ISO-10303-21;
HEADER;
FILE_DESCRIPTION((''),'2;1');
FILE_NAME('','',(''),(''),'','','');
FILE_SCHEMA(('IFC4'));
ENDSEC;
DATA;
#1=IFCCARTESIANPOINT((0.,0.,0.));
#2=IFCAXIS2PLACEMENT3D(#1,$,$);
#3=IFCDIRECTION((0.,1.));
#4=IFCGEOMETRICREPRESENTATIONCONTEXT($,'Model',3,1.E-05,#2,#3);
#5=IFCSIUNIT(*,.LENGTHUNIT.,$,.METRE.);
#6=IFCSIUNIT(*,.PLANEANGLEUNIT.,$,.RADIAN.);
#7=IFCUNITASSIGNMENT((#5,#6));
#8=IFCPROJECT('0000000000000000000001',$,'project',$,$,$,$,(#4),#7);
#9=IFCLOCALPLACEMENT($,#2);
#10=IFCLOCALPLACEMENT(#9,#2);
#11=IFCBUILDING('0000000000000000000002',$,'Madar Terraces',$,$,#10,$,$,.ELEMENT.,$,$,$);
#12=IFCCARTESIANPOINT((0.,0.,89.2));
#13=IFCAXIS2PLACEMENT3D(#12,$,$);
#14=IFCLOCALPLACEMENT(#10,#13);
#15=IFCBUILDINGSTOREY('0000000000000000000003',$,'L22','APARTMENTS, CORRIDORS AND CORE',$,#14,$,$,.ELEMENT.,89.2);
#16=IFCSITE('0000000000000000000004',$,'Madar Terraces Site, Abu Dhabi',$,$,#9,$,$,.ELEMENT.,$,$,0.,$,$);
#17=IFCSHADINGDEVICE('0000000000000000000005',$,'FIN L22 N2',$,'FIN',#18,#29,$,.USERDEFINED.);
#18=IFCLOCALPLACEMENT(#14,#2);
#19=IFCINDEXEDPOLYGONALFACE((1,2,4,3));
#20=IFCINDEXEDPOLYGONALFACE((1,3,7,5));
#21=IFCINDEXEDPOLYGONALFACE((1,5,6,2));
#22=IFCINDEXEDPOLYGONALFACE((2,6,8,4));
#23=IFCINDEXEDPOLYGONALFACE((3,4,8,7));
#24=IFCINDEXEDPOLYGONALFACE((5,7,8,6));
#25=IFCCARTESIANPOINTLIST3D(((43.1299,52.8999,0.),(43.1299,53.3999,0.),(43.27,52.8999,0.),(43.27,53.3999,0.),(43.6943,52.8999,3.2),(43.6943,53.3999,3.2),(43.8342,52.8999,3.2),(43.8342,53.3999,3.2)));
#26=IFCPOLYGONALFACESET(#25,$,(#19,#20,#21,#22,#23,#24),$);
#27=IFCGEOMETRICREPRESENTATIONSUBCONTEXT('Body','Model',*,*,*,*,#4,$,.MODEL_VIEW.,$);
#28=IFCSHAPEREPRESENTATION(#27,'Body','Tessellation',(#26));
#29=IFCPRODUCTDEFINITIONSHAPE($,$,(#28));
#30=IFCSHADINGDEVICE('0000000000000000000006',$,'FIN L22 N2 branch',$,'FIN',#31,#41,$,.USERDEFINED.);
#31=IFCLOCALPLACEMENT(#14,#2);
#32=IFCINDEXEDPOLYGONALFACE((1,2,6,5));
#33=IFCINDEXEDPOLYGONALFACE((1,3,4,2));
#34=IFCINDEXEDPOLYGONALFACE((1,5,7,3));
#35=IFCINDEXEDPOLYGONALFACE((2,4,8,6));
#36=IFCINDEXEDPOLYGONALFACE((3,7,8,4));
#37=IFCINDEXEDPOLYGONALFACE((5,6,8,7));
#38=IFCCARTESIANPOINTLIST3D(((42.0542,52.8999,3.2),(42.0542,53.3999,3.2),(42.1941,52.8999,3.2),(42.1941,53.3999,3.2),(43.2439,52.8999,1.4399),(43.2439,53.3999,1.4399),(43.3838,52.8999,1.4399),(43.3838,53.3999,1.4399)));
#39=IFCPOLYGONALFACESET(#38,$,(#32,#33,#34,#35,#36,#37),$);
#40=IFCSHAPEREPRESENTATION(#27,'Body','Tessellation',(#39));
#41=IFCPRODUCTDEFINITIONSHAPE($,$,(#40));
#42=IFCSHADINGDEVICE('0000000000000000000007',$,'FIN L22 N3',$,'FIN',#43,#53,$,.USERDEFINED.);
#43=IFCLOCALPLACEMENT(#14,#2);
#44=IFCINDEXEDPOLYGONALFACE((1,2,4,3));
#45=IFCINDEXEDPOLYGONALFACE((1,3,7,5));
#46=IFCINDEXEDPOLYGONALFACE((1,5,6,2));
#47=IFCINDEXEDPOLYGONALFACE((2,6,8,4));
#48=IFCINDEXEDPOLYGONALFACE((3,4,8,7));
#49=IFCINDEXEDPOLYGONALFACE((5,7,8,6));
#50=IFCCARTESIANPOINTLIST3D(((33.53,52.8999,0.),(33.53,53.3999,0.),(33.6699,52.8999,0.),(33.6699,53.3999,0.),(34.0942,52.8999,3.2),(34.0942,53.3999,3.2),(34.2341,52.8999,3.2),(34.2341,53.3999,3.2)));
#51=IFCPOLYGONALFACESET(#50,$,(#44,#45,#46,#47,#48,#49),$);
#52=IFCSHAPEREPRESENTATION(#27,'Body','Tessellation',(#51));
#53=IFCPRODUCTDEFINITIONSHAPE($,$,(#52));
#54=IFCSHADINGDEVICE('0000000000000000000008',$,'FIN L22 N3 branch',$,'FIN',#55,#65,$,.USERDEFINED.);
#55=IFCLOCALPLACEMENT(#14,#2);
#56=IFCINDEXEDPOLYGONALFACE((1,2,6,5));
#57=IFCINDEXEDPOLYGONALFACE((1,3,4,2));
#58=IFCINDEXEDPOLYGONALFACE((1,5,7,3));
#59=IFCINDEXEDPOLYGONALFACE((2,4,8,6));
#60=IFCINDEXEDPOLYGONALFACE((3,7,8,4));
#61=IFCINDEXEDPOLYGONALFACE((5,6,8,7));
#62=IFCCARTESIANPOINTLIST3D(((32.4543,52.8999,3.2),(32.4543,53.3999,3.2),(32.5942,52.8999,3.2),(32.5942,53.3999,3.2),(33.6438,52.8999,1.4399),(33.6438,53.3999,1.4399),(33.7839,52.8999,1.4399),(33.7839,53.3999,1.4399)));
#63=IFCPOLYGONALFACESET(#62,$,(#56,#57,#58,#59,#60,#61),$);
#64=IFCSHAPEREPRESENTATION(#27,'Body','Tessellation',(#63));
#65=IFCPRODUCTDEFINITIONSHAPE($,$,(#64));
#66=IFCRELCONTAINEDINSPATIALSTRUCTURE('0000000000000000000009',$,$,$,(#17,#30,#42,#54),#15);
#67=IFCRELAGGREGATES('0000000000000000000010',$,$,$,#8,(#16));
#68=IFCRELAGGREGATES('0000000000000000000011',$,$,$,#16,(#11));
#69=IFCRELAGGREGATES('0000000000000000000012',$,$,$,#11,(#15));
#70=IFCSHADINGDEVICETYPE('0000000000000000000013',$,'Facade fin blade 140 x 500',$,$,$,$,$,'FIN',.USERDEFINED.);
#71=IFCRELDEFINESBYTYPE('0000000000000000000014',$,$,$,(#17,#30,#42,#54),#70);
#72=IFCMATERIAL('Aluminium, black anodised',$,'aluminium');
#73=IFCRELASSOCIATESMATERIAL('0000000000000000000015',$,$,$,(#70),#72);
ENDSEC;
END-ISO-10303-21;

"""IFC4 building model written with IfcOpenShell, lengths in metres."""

from ifc_helpers import new_model, si_unit, direction, frame, origin, place, context, subcontext, project, spatial, polyline, outline, extrude, material, type_object, element, save


model = new_model("IFC4")

# Units and contexts
model_context = context("Model", 3, precision=1e-05, world=origin(), true_north=direction((0.0, 1.0)))
body_context = subcontext(model_context, "Body", "Model", "MODEL_VIEW")
ifc_project = project(units=[si_unit("LENGTHUNIT", "METRE"), si_unit("PLANEANGLEUNIT", "RADIAN")], contexts=[model_context])

# Site, building, storey
site_placement = place(None, origin())
site = spatial("IfcSite", under=ifc_project, at=site_placement, Name="Madar Terraces Site, Abu Dhabi", CompositionType="ELEMENT", RefElevation=0.0)
building_placement = place(site_placement, origin())
building = spatial("IfcBuilding", under=site, at=building_placement, Name="Madar Terraces", CompositionType="ELEMENT")
storey_placement = place(building_placement, frame((0.0, 0.0, 89.2)))
storey = spatial("IfcBuildingStorey", under=building, at=storey_placement, Name="L22", Description="APARTMENTS, CORRIDORS AND CORE", CompositionType="ELEMENT", Elevation=89.2)

# Shading devices
ifc_material_1 = material(Name="Aluminium, black anodised", Category="aluminium")
shading_device_type = type_object("IfcShadingDeviceType", Name="Facade fin blade 140 x 500", ElementType="FIN", PredefinedType="USERDEFINED", material=ifc_material_1)
shading_device_1_placement = place(storey_placement, frame((43.27, 53.1499, 0.0), z_axis=(0.0, 0.0, 1.0), x_axis=(-1.0, 0.0, 0.0)))
element("IfcShadingDevice", 1, at=shading_device_1_placement, inside=storey, type_object=shading_device_type, Name="FIN L22 N2", ObjectType="FIN", PredefinedType="USERDEFINED", context=body_context, shape_type="SweptSolid", body=[
    extrude(outline(polyline([(0.0, 0.0), (0.1401, 0.0), (-0.4243, 3.2), (-0.5642, 3.2), (0.0, 0.0)])), frame((0.0, 0.25, 0.0), z_axis=(0.0, -1.0, 0.0), x_axis=(1.0, 0.0, 0.0)), (0.0, 0.0, 1.0), 0.5),
])
shading_device_2_placement = place(storey_placement, frame((43.3838, 53.1499, 1.4399), z_axis=(0.0, 0.0, 1.0), x_axis=(-1.0, 0.0, 0.0)))
element("IfcShadingDevice", 2, at=shading_device_2_placement, inside=storey, type_object=shading_device_type, Name="FIN L22 N2 branch", ObjectType="FIN", PredefinedType="USERDEFINED", context=body_context, shape_type="SweptSolid", body=[
    extrude(outline(polyline([(0.0, 0.0), (0.1399, 0.0), (1.3296, 1.76), (1.1897, 1.76), (0.0, 0.0)])), frame((0.0, 0.25, 0.0), z_axis=(0.0, -1.0, 0.0), x_axis=(1.0, 0.0, 0.0)), (0.0, 0.0, 1.0), 0.5),
])
shading_device_3_placement = place(storey_placement, frame((33.6699, 53.1499, 0.0), z_axis=(0.0, 0.0, 1.0), x_axis=(-1.0, 0.0, 0.0)))
element("IfcShadingDevice", 3, at=shading_device_3_placement, inside=storey, type_object=shading_device_type, Name="FIN L22 N3", ObjectType="FIN", PredefinedType="USERDEFINED", context=body_context, shape_type="SweptSolid", body=[
    extrude(outline(polyline([(0.0, 0.0), (0.1399, 0.0), (-0.4243, 3.2), (-0.5642, 3.2), (0.0, 0.0)])), frame((0.0, 0.25, 0.0), z_axis=(0.0, -1.0, 0.0), x_axis=(1.0, 0.0, 0.0)), (0.0, 0.0, 1.0), 0.5),
])
shading_device_4_placement = place(storey_placement, frame((33.7839, 53.1499, 1.4399), z_axis=(0.0, 0.0, 1.0), x_axis=(-1.0, 0.0, 0.0)))
element("IfcShadingDevice", 4, at=shading_device_4_placement, inside=storey, type_object=shading_device_type, Name="FIN L22 N3 branch", ObjectType="FIN", PredefinedType="USERDEFINED", context=body_context, shape_type="SweptSolid", body=[
    extrude(outline(polyline([(0.0, 0.0), (0.1401, 0.0), (1.3296, 1.76), (1.1897, 1.76), (0.0, 0.0)])), frame((0.0, 0.25, 0.0), z_axis=(0.0, -1.0, 0.0), x_axis=(1.0, 0.0, 0.0)), (0.0, 0.0, 1.0), 0.5),
])

save(model, "model.ifc")
